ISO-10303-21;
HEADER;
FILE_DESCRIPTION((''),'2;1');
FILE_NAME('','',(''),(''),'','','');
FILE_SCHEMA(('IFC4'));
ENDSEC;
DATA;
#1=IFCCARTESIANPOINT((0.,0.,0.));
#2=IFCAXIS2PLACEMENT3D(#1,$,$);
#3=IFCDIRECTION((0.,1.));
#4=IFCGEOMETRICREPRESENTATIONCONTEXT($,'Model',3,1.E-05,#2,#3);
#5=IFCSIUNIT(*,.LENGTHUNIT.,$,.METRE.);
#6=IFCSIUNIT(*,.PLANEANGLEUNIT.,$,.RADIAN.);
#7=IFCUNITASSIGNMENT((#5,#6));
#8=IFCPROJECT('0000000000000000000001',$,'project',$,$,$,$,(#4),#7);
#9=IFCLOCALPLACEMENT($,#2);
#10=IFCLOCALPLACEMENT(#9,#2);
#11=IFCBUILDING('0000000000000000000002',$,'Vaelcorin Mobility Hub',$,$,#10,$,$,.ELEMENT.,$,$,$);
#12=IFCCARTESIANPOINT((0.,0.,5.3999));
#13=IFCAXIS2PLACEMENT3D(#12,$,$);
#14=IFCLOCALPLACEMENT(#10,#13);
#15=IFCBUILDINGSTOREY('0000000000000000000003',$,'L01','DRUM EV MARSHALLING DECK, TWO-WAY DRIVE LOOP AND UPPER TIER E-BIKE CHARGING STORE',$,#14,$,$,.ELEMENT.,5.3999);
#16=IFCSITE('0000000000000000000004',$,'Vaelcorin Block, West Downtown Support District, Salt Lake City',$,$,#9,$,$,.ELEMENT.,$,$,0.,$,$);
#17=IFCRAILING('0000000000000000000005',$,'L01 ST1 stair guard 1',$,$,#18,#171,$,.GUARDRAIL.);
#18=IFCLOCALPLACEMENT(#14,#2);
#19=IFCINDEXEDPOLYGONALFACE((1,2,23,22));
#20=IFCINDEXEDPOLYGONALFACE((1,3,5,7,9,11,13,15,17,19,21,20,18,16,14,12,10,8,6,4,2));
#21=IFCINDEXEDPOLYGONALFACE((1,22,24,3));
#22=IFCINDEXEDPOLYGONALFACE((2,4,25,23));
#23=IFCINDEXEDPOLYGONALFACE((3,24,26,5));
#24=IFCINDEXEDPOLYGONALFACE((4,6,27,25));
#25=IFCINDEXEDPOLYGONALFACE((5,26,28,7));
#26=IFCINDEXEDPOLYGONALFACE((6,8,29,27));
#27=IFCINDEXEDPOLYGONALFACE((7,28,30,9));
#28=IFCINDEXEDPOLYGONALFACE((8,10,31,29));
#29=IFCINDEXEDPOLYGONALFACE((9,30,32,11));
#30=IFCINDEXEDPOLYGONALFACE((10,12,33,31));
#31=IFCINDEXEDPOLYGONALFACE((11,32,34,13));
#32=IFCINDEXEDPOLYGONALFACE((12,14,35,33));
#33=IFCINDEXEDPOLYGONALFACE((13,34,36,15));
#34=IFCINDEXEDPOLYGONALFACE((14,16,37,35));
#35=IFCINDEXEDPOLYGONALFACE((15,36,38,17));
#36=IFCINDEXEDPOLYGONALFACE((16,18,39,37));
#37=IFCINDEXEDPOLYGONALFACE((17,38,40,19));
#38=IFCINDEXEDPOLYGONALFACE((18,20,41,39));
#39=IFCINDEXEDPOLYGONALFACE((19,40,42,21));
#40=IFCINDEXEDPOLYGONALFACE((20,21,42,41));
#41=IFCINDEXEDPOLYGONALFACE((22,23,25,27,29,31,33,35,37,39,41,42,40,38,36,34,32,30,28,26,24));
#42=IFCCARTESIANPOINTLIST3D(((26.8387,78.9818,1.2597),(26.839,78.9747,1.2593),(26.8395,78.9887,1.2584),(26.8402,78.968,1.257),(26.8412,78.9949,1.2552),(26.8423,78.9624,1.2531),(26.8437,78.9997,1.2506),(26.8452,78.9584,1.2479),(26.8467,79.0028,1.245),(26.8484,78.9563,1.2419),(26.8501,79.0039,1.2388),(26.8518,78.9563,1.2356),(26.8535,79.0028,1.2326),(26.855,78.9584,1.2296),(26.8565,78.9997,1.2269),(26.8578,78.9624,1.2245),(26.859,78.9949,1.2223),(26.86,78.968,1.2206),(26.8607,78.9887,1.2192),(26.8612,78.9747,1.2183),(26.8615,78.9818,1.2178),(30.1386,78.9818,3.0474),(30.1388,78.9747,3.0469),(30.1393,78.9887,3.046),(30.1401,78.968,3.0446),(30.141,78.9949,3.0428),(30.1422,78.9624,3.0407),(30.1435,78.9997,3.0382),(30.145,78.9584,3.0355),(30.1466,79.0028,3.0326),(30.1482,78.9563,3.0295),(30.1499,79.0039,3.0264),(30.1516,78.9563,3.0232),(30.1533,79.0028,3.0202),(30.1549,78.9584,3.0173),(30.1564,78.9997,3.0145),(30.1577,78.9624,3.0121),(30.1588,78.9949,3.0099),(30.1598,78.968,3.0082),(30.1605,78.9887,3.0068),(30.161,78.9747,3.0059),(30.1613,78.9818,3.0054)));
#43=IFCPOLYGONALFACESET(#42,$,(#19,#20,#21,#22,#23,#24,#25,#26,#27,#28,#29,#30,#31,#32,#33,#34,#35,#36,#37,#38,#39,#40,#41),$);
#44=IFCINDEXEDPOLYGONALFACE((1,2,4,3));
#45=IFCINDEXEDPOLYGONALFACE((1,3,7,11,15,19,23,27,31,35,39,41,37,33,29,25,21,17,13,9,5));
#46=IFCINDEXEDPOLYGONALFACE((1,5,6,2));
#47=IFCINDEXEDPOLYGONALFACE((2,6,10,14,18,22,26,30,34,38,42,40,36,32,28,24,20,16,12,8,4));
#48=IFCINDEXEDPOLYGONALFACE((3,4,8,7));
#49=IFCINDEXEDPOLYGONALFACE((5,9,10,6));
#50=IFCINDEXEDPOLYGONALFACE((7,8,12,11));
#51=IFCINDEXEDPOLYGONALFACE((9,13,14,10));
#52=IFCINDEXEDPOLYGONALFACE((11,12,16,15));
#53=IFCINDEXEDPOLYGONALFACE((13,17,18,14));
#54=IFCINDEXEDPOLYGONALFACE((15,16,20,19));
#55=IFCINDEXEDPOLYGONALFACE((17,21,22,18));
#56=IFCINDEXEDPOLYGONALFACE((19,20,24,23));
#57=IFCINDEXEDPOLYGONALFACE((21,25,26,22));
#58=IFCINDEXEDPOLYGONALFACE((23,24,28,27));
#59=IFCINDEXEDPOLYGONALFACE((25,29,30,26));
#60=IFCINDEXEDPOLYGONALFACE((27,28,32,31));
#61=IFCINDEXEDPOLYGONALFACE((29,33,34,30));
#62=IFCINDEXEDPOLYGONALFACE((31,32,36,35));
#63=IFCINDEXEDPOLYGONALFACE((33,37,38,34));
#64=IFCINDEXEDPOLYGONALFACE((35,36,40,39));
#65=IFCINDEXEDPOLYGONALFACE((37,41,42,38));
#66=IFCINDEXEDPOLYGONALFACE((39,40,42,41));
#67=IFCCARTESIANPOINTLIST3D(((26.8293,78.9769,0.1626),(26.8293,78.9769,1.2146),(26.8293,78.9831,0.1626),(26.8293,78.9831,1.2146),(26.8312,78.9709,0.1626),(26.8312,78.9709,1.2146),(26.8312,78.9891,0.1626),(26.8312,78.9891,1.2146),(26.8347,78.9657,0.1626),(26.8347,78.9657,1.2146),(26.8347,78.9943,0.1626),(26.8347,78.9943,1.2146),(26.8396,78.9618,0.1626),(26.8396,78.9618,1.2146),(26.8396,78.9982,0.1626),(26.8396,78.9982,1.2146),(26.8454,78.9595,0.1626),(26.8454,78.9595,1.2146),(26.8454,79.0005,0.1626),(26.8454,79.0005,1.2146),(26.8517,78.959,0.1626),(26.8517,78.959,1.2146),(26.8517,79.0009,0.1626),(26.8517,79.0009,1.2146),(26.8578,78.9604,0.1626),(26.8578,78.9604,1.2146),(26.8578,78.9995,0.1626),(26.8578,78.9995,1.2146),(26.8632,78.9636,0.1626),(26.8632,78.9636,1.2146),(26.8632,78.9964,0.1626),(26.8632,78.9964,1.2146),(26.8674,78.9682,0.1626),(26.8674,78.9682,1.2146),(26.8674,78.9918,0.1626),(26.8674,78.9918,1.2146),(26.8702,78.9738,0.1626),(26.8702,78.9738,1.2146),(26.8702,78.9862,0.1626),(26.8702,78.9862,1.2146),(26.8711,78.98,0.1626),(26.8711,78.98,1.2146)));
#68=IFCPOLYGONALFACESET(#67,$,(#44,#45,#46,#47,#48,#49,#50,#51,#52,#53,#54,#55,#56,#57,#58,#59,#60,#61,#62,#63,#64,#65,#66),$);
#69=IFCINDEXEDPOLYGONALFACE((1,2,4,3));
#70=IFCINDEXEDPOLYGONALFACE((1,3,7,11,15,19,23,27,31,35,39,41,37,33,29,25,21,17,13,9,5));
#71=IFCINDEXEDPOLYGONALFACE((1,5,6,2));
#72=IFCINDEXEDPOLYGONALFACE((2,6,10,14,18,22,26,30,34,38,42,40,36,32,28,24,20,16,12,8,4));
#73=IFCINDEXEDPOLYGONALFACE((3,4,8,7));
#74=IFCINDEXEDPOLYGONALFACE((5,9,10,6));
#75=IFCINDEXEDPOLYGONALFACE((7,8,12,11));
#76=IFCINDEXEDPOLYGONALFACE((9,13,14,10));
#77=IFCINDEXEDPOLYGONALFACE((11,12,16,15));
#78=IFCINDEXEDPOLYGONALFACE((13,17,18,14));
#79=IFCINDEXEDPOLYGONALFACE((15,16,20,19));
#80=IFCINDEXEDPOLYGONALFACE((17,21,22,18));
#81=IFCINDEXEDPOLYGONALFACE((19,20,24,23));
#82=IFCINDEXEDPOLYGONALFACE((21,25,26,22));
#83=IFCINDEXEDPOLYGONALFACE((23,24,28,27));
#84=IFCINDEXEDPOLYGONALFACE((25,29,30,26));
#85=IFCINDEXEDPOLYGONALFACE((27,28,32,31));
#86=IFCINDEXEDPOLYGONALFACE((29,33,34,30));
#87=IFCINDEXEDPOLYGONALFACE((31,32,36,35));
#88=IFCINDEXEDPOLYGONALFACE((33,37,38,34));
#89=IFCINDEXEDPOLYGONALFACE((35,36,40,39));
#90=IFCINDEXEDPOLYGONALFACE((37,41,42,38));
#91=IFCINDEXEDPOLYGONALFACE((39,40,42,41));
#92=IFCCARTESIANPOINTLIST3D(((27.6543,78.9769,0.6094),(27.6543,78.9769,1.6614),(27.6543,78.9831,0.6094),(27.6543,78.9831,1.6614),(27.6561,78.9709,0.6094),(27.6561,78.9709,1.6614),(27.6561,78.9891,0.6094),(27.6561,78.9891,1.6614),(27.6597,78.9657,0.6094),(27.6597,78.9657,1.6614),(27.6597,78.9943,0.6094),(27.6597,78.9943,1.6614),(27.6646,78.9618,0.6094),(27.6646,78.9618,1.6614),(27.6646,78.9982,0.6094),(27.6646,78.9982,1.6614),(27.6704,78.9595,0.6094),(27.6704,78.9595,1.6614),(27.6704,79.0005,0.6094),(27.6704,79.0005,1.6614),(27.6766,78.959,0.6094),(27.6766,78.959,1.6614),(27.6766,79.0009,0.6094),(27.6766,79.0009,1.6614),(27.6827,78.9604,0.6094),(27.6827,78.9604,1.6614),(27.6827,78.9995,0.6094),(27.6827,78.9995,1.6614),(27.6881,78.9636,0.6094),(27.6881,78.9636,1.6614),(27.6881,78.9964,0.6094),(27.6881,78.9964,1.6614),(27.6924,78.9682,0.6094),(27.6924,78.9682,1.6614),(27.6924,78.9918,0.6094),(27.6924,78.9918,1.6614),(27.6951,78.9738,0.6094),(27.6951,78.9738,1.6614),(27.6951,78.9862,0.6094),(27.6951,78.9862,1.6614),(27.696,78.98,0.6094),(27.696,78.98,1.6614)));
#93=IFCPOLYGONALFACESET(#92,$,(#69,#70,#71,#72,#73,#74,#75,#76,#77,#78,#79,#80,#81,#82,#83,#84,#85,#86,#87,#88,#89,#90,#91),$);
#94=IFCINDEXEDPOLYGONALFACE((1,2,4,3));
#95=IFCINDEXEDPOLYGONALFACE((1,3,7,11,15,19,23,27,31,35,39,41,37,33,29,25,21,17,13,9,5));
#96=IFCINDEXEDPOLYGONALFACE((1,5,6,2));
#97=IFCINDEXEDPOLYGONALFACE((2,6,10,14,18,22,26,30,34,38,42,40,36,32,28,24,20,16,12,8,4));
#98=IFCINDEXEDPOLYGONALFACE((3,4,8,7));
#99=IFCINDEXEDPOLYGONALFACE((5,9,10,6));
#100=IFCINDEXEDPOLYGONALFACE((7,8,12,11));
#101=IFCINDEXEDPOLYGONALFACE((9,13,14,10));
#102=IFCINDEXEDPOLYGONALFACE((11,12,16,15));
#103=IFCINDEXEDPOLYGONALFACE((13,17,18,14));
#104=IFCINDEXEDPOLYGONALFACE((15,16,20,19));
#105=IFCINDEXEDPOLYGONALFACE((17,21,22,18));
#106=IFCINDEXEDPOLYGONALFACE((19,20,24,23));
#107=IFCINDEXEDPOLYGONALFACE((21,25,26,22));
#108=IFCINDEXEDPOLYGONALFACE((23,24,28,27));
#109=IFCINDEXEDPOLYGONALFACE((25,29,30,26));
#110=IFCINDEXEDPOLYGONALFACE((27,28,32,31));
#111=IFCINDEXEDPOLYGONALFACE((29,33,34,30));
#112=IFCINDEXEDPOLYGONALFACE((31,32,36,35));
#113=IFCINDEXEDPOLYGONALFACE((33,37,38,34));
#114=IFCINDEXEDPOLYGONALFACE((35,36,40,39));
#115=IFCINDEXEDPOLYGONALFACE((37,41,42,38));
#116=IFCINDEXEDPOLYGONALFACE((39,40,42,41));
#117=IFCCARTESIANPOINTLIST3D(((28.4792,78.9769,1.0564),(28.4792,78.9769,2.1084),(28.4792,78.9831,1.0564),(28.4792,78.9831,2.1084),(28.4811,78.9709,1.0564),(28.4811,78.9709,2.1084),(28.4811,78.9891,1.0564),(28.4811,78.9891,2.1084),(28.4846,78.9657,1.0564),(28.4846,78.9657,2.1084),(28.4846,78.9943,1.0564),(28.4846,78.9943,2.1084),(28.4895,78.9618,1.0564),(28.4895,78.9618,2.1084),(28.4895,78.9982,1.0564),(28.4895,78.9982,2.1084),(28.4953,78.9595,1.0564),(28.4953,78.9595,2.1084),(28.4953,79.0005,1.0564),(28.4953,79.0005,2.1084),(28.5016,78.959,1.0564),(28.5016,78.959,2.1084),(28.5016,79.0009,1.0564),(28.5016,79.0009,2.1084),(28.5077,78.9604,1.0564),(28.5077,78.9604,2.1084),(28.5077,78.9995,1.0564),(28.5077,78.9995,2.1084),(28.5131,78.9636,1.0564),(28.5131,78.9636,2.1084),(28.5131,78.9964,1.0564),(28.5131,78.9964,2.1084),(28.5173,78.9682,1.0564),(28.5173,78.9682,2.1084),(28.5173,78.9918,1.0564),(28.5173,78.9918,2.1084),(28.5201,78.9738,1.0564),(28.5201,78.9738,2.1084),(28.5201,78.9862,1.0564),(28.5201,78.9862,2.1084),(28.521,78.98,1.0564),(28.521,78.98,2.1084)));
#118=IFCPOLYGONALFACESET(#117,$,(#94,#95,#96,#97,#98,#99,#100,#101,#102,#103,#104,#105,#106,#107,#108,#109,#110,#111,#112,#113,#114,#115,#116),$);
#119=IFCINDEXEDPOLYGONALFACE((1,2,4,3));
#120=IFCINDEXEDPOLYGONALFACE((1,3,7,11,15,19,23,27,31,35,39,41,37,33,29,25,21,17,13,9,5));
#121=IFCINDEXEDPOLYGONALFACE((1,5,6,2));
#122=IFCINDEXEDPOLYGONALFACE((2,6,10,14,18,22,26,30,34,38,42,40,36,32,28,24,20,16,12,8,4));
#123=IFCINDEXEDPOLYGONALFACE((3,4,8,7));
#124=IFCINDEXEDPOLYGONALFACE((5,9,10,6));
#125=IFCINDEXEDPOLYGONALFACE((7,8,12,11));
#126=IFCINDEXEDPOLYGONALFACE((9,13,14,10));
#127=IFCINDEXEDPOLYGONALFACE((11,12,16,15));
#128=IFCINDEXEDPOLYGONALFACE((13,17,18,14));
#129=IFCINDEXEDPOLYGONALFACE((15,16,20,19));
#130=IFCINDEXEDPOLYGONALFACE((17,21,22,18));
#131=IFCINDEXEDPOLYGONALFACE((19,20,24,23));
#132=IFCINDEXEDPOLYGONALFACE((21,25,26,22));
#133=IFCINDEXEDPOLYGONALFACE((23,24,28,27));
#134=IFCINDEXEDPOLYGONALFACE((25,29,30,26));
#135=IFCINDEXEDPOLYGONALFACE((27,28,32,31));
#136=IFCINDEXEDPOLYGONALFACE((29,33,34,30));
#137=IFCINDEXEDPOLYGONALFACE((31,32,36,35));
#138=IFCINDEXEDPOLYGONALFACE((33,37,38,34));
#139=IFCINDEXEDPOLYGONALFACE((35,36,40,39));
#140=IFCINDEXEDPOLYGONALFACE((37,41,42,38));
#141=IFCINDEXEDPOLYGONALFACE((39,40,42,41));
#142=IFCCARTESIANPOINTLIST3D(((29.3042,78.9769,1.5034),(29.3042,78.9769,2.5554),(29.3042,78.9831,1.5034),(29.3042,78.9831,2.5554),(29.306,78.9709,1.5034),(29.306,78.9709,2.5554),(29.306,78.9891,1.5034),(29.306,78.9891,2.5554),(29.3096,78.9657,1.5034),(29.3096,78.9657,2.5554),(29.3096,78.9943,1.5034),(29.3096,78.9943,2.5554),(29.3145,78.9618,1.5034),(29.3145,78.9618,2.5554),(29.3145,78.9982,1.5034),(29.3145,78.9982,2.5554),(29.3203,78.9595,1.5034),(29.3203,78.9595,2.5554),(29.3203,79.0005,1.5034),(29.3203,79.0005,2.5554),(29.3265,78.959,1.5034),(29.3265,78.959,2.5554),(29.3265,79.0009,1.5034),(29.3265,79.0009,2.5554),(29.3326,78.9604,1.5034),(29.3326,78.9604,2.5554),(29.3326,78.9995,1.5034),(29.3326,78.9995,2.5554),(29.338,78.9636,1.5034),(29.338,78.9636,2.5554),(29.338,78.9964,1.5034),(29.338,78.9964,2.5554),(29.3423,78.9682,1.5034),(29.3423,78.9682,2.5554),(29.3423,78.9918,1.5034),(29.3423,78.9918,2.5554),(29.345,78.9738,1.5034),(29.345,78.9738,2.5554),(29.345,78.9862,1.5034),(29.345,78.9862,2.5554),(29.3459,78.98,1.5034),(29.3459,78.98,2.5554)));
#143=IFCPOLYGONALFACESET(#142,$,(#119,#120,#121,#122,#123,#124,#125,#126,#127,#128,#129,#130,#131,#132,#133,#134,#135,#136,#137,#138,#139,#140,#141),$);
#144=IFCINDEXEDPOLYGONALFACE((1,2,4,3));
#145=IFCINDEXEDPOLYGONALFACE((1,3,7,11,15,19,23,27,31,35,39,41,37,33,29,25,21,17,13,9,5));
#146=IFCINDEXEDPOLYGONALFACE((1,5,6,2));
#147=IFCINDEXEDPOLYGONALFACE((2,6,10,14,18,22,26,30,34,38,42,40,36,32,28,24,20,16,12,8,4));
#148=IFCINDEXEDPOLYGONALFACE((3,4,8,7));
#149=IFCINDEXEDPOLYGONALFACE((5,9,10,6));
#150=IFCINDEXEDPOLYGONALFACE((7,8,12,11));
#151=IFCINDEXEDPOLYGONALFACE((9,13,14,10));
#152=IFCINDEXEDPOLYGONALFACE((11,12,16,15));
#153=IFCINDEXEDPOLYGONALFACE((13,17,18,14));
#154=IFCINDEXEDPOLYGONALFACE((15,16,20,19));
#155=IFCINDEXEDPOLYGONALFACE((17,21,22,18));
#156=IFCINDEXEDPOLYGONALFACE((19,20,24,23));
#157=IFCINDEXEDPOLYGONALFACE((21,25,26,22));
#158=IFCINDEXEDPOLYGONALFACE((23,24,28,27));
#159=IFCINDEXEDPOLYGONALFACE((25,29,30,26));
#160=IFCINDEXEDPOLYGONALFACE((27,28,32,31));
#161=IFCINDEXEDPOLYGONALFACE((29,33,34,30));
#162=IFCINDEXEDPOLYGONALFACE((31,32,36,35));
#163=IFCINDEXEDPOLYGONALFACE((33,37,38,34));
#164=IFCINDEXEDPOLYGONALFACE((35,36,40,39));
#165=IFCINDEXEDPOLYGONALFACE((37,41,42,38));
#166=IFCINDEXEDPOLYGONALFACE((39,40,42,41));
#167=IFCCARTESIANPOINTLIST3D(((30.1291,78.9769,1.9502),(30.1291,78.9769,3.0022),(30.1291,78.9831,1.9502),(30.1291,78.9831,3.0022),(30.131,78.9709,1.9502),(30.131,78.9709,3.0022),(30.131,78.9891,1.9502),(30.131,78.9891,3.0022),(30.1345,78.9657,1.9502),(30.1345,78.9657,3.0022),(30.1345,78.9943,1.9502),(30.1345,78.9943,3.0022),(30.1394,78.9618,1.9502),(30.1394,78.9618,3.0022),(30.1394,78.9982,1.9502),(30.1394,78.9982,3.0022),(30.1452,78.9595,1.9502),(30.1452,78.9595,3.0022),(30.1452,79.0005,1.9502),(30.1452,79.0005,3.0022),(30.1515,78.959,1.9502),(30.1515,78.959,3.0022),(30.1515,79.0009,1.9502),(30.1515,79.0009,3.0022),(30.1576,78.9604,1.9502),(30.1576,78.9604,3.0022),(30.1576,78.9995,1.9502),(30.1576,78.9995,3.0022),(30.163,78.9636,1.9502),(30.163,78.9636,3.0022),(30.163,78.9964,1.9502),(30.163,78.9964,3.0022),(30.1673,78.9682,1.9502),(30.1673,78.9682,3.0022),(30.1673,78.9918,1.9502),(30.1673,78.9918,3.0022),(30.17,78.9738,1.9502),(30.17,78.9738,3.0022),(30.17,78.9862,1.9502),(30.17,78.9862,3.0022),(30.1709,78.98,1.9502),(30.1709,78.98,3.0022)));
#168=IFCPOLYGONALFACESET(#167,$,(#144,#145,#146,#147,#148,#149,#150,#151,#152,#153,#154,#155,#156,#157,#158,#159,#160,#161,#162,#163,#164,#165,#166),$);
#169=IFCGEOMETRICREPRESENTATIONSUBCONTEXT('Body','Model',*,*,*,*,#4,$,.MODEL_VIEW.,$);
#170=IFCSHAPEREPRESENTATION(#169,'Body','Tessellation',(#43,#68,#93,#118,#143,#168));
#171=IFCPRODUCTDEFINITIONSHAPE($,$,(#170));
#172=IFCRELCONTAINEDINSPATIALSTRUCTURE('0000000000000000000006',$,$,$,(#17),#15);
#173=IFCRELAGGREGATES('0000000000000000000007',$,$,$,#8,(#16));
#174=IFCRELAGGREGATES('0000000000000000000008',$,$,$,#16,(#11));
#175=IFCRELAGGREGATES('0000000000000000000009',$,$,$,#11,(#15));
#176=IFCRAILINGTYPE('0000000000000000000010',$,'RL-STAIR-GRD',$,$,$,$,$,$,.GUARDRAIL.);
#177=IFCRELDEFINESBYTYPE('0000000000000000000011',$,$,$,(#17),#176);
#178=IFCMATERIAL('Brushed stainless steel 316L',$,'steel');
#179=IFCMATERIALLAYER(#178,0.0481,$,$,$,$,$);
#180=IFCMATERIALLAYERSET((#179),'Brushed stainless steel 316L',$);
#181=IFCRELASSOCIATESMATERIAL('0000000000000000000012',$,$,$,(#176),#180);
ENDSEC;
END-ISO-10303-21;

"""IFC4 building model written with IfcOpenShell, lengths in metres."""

from ifc_helpers import new_model, si_unit, direction, frame, origin, origin_2d, place, context, subcontext, project, spatial, circle, extrude, material, layer, layer_set, type_object, element, save


model = new_model("IFC4")

# Units and contexts
model_context = context("Model", 3, precision=1e-05, world=origin(), true_north=direction((0.0, 1.0)))
body_context = subcontext(model_context, "Body", "Model", "MODEL_VIEW")
ifc_project = project(units=[si_unit("LENGTHUNIT", "METRE"), si_unit("PLANEANGLEUNIT", "RADIAN")], contexts=[model_context])

# Site, building, storey
site_placement = place(None, origin())
site = spatial("IfcSite", under=ifc_project, at=site_placement, Name="Vaelcorin Block, West Downtown Support District, Salt Lake City", CompositionType="ELEMENT", RefElevation=0.0)
building_placement = place(site_placement, origin())
building = spatial("IfcBuilding", under=site, at=building_placement, Name="Vaelcorin Mobility Hub", CompositionType="ELEMENT")
storey_placement = place(building_placement, frame((0.0, 0.0, 5.3999)))
storey = spatial("IfcBuildingStorey", under=building, at=storey_placement, Name="L01", Description="DRUM EV MARSHALLING DECK, TWO-WAY DRIVE LOOP AND UPPER TIER E-BIKE CHARGING STORE", CompositionType="ELEMENT", Elevation=5.3999)

# Railing
ifc_material_1 = material(Name="Brushed stainless steel 316L", Category="steel")
ifc_layer_1 = layer(ifc_material_1, 0.0481)
ifc_layer_set_1 = layer_set([ifc_layer_1], Name="Brushed stainless steel 316L")
railing_type_1 = type_object("IfcRailingType", Name="RL-STAIR-GRD", PredefinedType="GUARDRAIL", material=ifc_layer_set_1)
railing_1_placement = place(storey_placement, frame((26.8501, 78.98, 0.1626)))
element("IfcRailing", 1, at=railing_1_placement, inside=storey, type_object=railing_type_1, Name="L01 ST1 stair guard 1", PredefinedType="GUARDRAIL", context=body_context, shape_type="SweptSolid", body=[
    extrude(circle(Radius=0.0239, at=origin_2d()), frame((0.0, 0.0, 1.0762), z_axis=(0.879269, 0.0, 0.476325), x_axis=(0.0, 1.0, 0.0)), (0.0, 0.0, 1.0), 3.7529),
    extrude(circle(Radius=0.021, at=origin_2d()), origin(), (0.0, 0.0, 1.0), 1.052),
    extrude(circle(Radius=0.021, at=origin_2d()), frame((0.825, 0.0, 0.4468)), (0.0, 0.0, 1.0), 1.052),
    extrude(circle(Radius=0.021, at=origin_2d()), frame((1.6499, 0.0, 0.8938)), (0.0, 0.0, 1.0), 1.052),
    extrude(circle(Radius=0.021, at=origin_2d()), frame((2.4749, 0.0, 1.3408)), (0.0, 0.0, 1.0), 1.052),
    extrude(circle(Radius=0.021, at=origin_2d()), frame((3.2998, 0.0, 1.7876)), (0.0, 0.0, 1.0), 1.052),
])

save(model, "model.ifc")
